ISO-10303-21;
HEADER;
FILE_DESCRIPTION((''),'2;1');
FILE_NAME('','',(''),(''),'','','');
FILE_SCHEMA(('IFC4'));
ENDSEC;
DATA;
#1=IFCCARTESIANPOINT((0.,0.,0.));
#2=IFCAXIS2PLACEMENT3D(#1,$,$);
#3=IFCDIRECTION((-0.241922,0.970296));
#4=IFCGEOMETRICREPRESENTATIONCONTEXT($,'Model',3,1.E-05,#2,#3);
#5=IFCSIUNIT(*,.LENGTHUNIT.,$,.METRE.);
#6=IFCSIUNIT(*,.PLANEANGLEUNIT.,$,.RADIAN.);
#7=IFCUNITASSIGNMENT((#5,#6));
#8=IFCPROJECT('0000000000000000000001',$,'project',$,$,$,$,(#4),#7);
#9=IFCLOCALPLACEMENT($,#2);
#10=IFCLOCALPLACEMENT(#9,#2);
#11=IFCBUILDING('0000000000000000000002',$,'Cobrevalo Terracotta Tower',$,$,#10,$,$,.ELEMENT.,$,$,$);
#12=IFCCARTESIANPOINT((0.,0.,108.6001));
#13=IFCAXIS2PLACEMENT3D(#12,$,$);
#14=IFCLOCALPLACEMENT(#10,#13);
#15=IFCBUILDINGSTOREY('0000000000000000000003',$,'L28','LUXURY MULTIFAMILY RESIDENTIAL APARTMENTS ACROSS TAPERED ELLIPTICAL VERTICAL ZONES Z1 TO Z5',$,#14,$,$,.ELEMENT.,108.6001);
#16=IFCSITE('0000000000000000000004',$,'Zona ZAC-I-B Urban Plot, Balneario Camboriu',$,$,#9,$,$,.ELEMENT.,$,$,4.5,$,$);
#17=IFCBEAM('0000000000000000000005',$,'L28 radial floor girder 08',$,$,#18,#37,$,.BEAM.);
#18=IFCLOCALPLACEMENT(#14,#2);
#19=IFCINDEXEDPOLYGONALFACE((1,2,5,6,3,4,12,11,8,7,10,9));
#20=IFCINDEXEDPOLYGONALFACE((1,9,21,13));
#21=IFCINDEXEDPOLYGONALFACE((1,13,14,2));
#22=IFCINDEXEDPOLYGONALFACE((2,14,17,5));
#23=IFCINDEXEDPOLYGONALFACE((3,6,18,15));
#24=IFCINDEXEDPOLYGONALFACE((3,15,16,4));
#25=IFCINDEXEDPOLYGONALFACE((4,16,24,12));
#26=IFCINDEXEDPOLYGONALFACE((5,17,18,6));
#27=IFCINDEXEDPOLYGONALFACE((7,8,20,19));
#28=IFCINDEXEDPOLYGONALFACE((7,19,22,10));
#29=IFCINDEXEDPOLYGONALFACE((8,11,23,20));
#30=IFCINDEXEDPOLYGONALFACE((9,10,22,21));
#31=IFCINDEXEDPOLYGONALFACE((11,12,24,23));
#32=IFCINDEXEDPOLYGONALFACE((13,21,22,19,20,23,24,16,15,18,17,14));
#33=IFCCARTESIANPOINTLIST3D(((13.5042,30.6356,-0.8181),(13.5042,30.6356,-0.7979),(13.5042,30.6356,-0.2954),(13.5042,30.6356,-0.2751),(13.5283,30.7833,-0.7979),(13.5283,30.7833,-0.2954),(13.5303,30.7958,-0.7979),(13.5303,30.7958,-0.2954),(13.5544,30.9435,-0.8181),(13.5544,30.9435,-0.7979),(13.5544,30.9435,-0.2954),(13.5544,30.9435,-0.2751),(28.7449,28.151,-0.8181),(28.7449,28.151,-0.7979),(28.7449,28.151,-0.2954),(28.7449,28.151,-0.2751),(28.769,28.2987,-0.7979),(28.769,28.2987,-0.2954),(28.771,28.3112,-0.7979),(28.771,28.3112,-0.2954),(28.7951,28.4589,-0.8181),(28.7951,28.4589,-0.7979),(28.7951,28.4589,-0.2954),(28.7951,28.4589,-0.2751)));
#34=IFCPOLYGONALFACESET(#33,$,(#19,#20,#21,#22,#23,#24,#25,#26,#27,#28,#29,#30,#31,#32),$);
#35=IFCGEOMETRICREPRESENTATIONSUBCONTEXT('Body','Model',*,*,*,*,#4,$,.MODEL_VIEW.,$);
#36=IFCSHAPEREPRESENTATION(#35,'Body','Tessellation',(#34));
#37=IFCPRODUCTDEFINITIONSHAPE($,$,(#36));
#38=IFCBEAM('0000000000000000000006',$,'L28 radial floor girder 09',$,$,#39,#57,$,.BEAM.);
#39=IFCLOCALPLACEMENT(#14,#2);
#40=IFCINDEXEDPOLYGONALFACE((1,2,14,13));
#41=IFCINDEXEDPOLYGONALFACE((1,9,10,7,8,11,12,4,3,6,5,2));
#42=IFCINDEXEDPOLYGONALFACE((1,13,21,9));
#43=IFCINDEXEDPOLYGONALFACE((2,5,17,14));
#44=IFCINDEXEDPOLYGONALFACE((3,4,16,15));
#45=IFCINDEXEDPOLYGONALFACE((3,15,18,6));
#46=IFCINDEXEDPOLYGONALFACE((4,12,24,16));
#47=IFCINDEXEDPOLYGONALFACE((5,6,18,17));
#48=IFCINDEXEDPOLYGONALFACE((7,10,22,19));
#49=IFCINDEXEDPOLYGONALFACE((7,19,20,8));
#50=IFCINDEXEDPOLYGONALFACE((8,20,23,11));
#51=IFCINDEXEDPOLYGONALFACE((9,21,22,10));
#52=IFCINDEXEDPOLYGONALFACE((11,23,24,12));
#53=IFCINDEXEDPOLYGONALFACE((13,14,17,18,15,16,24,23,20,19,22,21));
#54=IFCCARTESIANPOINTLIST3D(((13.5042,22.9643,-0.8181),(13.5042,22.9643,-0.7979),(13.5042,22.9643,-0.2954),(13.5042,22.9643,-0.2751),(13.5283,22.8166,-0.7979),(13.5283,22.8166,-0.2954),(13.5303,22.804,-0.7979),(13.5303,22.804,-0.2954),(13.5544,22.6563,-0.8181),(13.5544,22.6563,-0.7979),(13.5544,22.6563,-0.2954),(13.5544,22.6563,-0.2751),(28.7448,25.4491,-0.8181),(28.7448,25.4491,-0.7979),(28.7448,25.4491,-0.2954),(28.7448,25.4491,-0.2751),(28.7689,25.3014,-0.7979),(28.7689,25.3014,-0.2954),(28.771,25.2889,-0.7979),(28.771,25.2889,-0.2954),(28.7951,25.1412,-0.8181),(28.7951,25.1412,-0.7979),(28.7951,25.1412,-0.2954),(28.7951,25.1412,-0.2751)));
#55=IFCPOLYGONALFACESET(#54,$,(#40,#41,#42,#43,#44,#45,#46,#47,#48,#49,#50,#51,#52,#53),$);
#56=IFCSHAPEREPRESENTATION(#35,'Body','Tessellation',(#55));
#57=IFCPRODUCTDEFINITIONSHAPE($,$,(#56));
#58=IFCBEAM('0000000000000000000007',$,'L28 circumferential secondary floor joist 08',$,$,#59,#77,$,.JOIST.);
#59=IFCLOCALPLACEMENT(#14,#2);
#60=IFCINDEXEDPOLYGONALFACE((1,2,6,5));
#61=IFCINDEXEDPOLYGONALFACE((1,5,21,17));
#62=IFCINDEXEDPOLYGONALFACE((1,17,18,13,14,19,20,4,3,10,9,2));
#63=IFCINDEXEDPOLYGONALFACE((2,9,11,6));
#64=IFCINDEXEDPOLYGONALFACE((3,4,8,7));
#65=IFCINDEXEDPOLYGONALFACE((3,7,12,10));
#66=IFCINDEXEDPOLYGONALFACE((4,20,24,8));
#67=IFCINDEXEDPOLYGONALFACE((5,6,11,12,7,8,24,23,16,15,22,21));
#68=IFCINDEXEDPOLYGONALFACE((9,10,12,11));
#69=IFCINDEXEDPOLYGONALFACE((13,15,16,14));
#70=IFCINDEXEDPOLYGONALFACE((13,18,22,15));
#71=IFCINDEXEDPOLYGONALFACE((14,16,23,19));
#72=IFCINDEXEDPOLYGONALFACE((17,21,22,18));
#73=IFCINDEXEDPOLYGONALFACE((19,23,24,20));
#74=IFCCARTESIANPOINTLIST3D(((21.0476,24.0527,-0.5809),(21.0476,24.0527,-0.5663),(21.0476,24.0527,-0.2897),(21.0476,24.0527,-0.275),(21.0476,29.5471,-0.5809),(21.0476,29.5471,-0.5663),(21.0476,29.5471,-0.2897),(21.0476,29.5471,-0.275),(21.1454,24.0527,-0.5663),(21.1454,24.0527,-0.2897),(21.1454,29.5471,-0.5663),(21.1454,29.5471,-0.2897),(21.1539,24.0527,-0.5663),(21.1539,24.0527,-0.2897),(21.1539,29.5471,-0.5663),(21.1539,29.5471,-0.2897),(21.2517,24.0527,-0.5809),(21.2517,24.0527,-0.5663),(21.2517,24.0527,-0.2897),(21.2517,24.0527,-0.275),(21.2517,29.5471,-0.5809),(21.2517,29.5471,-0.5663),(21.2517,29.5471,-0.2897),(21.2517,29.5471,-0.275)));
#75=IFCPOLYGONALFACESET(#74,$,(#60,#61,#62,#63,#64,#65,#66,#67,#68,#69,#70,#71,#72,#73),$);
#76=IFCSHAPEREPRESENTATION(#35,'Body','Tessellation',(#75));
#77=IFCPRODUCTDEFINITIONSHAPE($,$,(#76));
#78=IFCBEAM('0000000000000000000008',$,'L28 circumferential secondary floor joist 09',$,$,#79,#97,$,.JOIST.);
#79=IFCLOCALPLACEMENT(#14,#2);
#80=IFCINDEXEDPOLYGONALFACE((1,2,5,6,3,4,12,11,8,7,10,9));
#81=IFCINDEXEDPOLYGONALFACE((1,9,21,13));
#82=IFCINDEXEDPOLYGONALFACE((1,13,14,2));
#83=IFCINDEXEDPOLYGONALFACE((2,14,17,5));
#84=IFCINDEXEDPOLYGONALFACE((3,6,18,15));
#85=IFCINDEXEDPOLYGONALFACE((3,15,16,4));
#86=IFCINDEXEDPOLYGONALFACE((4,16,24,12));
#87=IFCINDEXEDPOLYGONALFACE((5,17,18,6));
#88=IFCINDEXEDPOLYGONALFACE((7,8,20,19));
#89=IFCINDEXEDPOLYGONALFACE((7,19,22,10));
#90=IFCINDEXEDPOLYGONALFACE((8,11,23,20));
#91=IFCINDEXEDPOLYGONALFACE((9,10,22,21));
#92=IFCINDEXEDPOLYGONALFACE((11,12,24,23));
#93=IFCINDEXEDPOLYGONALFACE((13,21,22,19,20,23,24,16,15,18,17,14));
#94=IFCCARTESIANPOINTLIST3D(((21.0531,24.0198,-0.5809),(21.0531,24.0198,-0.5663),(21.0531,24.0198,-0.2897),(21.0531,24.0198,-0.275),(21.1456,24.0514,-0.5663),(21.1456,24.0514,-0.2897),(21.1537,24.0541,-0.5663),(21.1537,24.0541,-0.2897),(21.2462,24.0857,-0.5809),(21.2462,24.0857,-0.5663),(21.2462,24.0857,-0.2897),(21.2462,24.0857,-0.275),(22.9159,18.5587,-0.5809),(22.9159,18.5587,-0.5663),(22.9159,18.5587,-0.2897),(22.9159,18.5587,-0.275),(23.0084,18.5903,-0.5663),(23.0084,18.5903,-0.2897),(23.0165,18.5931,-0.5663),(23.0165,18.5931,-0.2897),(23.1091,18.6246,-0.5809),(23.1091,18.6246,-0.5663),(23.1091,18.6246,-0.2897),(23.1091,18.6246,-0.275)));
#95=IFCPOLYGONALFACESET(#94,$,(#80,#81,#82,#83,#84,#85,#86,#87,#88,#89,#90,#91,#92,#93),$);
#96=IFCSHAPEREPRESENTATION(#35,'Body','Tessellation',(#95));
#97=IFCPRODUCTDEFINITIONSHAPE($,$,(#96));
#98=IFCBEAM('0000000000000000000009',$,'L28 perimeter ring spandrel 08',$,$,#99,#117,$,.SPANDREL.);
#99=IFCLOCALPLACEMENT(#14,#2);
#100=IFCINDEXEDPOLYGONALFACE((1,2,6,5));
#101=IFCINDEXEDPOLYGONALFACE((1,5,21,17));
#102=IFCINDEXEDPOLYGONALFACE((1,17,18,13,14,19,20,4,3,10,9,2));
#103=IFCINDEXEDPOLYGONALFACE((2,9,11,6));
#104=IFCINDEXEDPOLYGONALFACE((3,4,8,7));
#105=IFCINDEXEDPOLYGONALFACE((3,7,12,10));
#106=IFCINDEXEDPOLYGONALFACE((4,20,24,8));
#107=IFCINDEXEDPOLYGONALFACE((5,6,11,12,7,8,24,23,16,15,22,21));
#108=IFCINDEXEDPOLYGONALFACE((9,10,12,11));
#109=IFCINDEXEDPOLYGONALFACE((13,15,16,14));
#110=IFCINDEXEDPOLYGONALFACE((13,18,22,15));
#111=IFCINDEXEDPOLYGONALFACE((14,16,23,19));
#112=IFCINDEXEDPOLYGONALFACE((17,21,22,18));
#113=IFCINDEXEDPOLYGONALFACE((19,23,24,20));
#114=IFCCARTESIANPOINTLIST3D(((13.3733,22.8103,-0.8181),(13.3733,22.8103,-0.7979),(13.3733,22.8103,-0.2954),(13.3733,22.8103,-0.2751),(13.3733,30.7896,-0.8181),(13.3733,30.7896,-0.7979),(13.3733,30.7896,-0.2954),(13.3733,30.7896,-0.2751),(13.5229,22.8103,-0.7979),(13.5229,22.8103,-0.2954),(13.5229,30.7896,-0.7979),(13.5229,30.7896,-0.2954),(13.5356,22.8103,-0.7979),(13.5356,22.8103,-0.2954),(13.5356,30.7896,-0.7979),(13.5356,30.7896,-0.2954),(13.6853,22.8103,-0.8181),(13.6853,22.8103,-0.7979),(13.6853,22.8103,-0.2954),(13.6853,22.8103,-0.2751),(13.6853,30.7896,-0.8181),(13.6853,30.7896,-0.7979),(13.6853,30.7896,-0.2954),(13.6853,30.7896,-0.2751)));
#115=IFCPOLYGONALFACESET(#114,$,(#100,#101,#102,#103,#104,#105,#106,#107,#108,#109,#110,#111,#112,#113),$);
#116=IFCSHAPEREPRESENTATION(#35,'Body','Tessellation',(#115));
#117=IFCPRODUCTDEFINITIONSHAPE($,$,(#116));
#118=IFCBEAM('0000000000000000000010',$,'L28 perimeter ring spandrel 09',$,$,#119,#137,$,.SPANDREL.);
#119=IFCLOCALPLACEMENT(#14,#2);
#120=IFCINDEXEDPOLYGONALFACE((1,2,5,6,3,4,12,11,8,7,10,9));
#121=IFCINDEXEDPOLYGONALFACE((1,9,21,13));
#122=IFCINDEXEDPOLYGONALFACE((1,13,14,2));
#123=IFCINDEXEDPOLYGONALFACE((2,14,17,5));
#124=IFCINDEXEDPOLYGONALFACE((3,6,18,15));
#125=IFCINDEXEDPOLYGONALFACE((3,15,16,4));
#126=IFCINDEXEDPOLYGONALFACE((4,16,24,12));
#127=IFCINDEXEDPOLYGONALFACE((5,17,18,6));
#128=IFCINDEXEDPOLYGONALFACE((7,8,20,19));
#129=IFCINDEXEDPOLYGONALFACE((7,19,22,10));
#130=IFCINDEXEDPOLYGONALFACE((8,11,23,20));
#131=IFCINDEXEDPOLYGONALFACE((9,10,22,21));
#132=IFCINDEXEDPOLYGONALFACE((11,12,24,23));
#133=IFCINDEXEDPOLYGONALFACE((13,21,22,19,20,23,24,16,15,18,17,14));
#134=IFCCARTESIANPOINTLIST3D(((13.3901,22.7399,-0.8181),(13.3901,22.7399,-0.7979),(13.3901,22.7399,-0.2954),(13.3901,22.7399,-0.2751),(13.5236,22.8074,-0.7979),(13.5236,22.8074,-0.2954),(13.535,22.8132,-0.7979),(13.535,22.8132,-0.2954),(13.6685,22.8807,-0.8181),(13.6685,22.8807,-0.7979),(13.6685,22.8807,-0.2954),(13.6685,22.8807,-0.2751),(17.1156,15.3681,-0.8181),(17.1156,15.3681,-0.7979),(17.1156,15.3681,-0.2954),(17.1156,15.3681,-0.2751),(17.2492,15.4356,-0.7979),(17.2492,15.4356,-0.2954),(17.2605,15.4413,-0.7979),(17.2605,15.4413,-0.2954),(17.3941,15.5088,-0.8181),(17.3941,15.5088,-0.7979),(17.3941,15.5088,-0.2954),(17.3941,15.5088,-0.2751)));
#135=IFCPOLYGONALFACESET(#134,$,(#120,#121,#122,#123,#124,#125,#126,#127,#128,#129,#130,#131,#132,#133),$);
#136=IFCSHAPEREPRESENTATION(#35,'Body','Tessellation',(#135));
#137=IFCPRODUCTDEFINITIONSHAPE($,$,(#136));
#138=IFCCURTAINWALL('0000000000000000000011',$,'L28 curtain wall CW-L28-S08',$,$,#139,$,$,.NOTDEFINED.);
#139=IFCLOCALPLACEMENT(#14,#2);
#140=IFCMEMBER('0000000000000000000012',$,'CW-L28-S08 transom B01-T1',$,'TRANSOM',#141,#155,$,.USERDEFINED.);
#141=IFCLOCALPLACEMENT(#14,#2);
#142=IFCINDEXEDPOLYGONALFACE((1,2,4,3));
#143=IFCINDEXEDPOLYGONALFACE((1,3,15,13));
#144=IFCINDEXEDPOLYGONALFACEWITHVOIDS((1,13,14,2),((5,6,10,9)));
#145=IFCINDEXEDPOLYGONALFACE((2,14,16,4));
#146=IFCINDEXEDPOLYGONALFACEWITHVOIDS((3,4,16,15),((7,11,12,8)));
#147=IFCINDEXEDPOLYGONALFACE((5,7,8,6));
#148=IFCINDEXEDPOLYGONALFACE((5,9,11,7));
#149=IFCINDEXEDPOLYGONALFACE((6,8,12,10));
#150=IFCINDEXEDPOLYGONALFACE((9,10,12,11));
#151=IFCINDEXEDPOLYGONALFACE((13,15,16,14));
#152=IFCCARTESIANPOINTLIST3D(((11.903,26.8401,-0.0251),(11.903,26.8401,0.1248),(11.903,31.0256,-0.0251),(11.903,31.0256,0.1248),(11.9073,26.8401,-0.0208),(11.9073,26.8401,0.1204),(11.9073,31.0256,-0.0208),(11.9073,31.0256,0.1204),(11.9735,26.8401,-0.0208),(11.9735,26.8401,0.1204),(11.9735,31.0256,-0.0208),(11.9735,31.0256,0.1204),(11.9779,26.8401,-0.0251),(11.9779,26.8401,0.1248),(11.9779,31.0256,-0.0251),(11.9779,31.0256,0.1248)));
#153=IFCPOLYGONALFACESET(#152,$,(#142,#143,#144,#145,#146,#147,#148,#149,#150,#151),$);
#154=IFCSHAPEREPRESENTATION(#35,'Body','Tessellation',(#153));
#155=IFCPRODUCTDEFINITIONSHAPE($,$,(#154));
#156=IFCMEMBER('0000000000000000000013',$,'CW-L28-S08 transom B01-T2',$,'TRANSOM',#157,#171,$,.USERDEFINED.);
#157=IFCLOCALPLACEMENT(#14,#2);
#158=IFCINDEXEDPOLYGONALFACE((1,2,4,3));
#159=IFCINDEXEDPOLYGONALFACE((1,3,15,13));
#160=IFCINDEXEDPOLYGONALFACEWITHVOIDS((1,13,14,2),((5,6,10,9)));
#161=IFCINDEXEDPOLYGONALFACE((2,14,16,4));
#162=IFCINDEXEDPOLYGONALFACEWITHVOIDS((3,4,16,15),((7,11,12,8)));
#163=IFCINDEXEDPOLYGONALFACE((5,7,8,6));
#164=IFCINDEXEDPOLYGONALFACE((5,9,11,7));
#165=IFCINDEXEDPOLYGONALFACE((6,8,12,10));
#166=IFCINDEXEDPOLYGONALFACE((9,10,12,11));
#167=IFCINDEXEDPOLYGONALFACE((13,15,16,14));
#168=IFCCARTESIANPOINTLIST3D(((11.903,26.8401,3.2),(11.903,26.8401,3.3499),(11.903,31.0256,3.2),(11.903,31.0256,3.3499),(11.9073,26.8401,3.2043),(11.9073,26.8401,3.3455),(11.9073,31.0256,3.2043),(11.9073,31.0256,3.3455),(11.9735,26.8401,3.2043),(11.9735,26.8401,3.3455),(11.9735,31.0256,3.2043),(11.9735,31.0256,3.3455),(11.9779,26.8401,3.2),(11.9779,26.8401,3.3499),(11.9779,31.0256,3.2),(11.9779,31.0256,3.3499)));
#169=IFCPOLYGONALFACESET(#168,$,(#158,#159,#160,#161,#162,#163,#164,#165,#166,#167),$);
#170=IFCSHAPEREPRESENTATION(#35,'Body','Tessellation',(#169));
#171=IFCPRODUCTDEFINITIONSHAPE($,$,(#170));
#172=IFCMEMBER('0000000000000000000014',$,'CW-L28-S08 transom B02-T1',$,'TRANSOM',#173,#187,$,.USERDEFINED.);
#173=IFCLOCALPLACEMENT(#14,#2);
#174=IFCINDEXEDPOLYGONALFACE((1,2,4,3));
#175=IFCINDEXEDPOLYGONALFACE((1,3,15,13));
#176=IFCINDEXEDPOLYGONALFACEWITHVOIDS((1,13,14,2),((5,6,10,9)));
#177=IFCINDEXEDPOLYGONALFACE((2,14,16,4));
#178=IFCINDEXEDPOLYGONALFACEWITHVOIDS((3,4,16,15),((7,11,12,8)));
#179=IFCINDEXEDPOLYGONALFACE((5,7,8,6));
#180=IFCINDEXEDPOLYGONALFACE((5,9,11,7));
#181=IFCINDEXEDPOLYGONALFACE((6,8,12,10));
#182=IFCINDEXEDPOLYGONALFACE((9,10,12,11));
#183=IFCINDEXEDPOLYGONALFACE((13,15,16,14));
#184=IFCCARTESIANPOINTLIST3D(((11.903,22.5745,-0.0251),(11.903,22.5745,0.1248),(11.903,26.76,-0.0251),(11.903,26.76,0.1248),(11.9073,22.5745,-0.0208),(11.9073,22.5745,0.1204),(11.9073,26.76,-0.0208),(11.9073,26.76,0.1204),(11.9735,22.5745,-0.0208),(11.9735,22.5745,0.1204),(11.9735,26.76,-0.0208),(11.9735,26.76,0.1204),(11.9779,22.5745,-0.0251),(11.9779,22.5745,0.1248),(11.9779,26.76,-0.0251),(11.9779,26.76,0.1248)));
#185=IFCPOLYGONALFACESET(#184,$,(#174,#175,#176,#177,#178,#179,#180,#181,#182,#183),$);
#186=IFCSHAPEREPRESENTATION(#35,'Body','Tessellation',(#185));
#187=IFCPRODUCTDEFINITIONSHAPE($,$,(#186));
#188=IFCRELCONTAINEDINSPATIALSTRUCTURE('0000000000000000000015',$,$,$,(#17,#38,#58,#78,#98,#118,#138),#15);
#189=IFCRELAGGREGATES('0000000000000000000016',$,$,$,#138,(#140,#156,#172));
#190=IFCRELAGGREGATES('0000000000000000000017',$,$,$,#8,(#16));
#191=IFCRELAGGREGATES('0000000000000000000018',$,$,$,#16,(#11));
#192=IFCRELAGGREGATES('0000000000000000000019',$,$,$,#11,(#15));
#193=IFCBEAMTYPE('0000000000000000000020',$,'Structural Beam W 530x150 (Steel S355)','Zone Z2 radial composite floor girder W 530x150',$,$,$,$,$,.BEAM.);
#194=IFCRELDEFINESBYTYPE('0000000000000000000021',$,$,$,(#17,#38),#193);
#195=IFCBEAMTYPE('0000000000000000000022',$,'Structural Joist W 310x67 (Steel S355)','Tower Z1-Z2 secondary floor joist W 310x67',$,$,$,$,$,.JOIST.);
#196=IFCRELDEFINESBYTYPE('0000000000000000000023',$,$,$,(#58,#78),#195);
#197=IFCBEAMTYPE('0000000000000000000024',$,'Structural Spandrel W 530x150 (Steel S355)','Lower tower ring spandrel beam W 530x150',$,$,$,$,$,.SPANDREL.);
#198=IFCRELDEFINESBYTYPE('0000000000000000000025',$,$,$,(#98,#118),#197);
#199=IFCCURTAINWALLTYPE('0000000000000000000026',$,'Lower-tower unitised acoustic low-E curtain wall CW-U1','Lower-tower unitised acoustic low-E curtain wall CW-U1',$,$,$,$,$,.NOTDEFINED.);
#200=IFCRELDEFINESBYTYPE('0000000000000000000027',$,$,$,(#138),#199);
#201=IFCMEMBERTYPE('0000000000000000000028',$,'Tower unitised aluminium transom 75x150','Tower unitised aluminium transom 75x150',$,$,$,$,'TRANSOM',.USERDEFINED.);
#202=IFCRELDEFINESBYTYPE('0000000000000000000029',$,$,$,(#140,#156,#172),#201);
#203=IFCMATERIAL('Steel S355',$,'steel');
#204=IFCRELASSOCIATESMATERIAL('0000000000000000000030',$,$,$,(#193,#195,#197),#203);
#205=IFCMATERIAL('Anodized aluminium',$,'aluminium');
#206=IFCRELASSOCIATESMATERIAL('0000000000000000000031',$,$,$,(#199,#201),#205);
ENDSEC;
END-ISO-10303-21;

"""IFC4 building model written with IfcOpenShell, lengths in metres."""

from ifc_helpers import new_model, si_unit, direction, frame, origin, origin_2d, place, context, subcontext, project, spatial, hollow_rectangle, i_section, extrude, source, transform, mapped, material, material_profile, profile_set, type_object, element, aggregate, save


model = new_model("IFC4")

# Units and contexts
model_context = context("Model", 3, precision=1e-05, world=origin(), true_north=direction((-0.241922, 0.970296)))
body_context = subcontext(model_context, "Body", "Model", "MODEL_VIEW")
ifc_project = project(units=[si_unit("LENGTHUNIT", "METRE"), si_unit("PLANEANGLEUNIT", "RADIAN")], contexts=[model_context])

# Site, building, storey
site_placement = place(None, origin())
site = spatial("IfcSite", under=ifc_project, at=site_placement, Name="Zona ZAC-I-B Urban Plot, Balneario Camboriu", CompositionType="ELEMENT", RefElevation=4.5)
building_placement = place(site_placement, origin())
building = spatial("IfcBuilding", under=site, at=building_placement, Name="Cobrevalo Terracotta Tower", CompositionType="ELEMENT")
storey_placement = place(building_placement, frame((0.0, 0.0, 108.6001)))
storey = spatial("IfcBuildingStorey", under=building, at=storey_placement, Name="L28", Description="LUXURY MULTIFAMILY RESIDENTIAL APARTMENTS ACROSS TAPERED ELLIPTICAL VERTICAL ZONES Z1 TO Z5", CompositionType="ELEMENT", Elevation=108.6001)

# Shared definitions
ifc_material_1 = material(Name="Steel S355", Category="steel")

# Beams
ifc_material_profile_1 = material_profile(ifc_material_1, i_section(OverallWidth=0.312, OverallDepth=0.543, WebThickness=0.0127, FlangeThickness=0.0203, at=origin_2d()), Name="W 530x150")
ifc_profile_set_1 = profile_set([ifc_material_profile_1], Name="Steel S355")
beam_type_1 = type_object("IfcBeamType", Name="Structural Beam W 530x150 (Steel S355)", Description="Zone Z2 radial composite floor girder W 530x150", PredefinedType="BEAM", material=ifc_profile_set_1)
for number, where, z_axis, x_axis, name in (
    (1, (13.5293, 30.7896, -0.5466), (0.986971, -0.160901, 0.0), (0.160901, 0.986971, 0.0), "L28 radial floor girder 08"),
    (2, (13.5293, 22.8103, -0.5466), (0.986968, 0.160916, 0.0), (-0.160916, 0.986968, 0.0), "L28 radial floor girder 09"),
):
    element("IfcBeam", number, at=place(storey_placement, frame(where, z_axis=z_axis, x_axis=x_axis)), inside=storey, type_object=beam_type_1, Name=name, PredefinedType="BEAM", context=body_context, shape_type="SweptSolid", body=[
        extrude(i_section(OverallWidth=0.312, OverallDepth=0.543, WebThickness=0.0127, FlangeThickness=0.0203, at=origin_2d()), origin(), (0.0, 0.0, 1.0), 15.4419),
    ])
ifc_material_profile_2 = material_profile(ifc_material_1, i_section(OverallWidth=0.2041, OverallDepth=0.3059, WebThickness=0.0085, FlangeThickness=0.0146, at=origin_2d()), Name="W 310x67")
ifc_profile_set_2 = profile_set([ifc_material_profile_2], Name="Steel S355")
beam_type_2 = type_object("IfcBeamType", Name="Structural Joist W 310x67 (Steel S355)", Description="Tower Z1-Z2 secondary floor joist W 310x67", PredefinedType="JOIST", material=ifc_profile_set_2)
beam_1_placement = place(storey_placement, frame((21.1497, 29.5471, -0.428), z_axis=(0.0, -1.0, 0.0), x_axis=(1.0, 0.0, 0.0)))
element("IfcBeam", 3, at=beam_1_placement, inside=storey, type_object=beam_type_2, Name="L28 circumferential secondary floor joist 08", PredefinedType="JOIST", context=body_context, shape_type="SweptSolid", body=[
    extrude(i_section(OverallWidth=0.2041, OverallDepth=0.3059, WebThickness=0.0085, FlangeThickness=0.0146, at=origin_2d()), origin(), (0.0, 0.0, 1.0), 5.4944),
])
beam_2_placement = place(storey_placement, frame((21.1497, 24.0527, -0.428), z_axis=(0.322846, -0.946451, 0.0), x_axis=(0.946451, 0.322846, 0.0)))
element("IfcBeam", 4, at=beam_2_placement, inside=storey, type_object=beam_type_2, Name="L28 circumferential secondary floor joist 09", PredefinedType="JOIST", context=body_context, shape_type="SweptSolid", body=[
    extrude(i_section(OverallWidth=0.2041, OverallDepth=0.3059, WebThickness=0.0085, FlangeThickness=0.0146, at=origin_2d()), origin(), (0.0, 0.0, 1.0), 5.77),
])
ifc_material_profile_3 = material_profile(ifc_material_1, i_section(OverallWidth=0.312, OverallDepth=0.543, WebThickness=0.0127, FlangeThickness=0.0203, at=origin_2d()), Name="W 530x150")
ifc_profile_set_3 = profile_set([ifc_material_profile_3], Name="Steel S355")
beam_type_3 = type_object("IfcBeamType", Name="Structural Spandrel W 530x150 (Steel S355)", Description="Lower tower ring spandrel beam W 530x150", PredefinedType="SPANDREL", material=ifc_profile_set_3)
beam_3_placement = place(storey_placement, frame((13.5293, 30.7896, -0.5466), z_axis=(0.0, -1.0, 0.0), x_axis=(1.0, 0.0, 0.0)))
element("IfcBeam", 5, at=beam_3_placement, inside=storey, type_object=beam_type_3, Name="L28 perimeter ring spandrel 08", PredefinedType="SPANDREL", context=body_context, shape_type="SweptSolid", body=[
    extrude(i_section(OverallWidth=0.312, OverallDepth=0.543, WebThickness=0.0127, FlangeThickness=0.0203, at=origin_2d()), origin(), (0.0, 0.0, 1.0), 7.9792),
])
beam_4_placement = place(storey_placement, frame((13.5293, 22.8103, -0.5466), z_axis=(0.451052, -0.892498, 0.0), x_axis=(0.892498, 0.451052, 0.0)))
element("IfcBeam", 6, at=beam_4_placement, inside=storey, type_object=beam_type_3, Name="L28 perimeter ring spandrel 09", PredefinedType="SPANDREL", context=body_context, shape_type="SweptSolid", body=[
    extrude(i_section(OverallWidth=0.312, OverallDepth=0.543, WebThickness=0.0127, FlangeThickness=0.0203, at=origin_2d()), origin(), (0.0, 0.0, 1.0), 8.2598),
])

# Curtain wall, members
ifc_material_2 = material(Name="Anodized aluminium", Category="aluminium")
curtain_wall_type = type_object("IfcCurtainWallType", Name="Lower-tower unitised acoustic low-E curtain wall CW-U1", Description="Lower-tower unitised acoustic low-E curtain wall CW-U1", PredefinedType="NOTDEFINED", material=ifc_material_2)
curtain_wall_placement = place(storey_placement, origin())
curtain_wall = element("IfcCurtainWall", 7, at=curtain_wall_placement, inside=storey, type_object=curtain_wall_type, Name="L28 curtain wall CW-L28-S08", PredefinedType="NOTDEFINED")
ifc_material_profile_4 = material_profile(ifc_material_2, hollow_rectangle(XDim=0.075, YDim=0.1499, WallThickness=0.0044, at=origin_2d()), Name="CWT 75x150")
ifc_profile_set_4 = profile_set([ifc_material_profile_4], Name="Anodized aluminium")
member_type_1 = type_object("IfcMemberType", Name="Tower unitised aluminium transom 75x150", Description="Tower unitised aluminium transom 75x150", ElementType="TRANSOM", PredefinedType="USERDEFINED", material=ifc_profile_set_4)
shared_shape_1 = source(origin(), body_context, "Body", "SweptSolid", [
    extrude(hollow_rectangle(XDim=0.075, YDim=0.1499, WallThickness=0.0044, at=origin_2d()), origin(), (0.0, 0.0, 1.0), 4.1855),
])
member_1_placement = place(storey_placement, frame((11.9404, 31.0256, 0.0498), z_axis=(0.0, -1.0, 0.0), x_axis=(1.0, 0.0, 0.0)))
member_1 = element("IfcMember", 8, at=member_1_placement, type_object=member_type_1, Name="CW-L28-S08 transom B01-T1", ObjectType="TRANSOM", PredefinedType="USERDEFINED", context=body_context, shape_type="MappedRepresentation", body=[
    mapped(shared_shape_1, transform((0.0, 0.0, 0.0), scale=1.0)),
])
member_2_placement = place(storey_placement, frame((11.9404, 31.0256, 3.2749), z_axis=(0.0, -1.0, 0.0), x_axis=(1.0, 0.0, 0.0)))
member_2 = element("IfcMember", 9, at=member_2_placement, type_object=member_type_1, Name="CW-L28-S08 transom B01-T2", ObjectType="TRANSOM", PredefinedType="USERDEFINED", context=body_context, shape_type="MappedRepresentation", body=[
    mapped(shared_shape_1, transform((0.0, 0.0, 0.0), scale=1.0)),
])
member_3_placement = place(storey_placement, frame((11.9404, 26.76, 0.0498), z_axis=(0.0, -1.0, 0.0), x_axis=(1.0, 0.0, 0.0)))
member_3 = element("IfcMember", 10, at=member_3_placement, type_object=member_type_1, Name="CW-L28-S08 transom B02-T1", ObjectType="TRANSOM", PredefinedType="USERDEFINED", context=body_context, shape_type="MappedRepresentation", body=[
    mapped(shared_shape_1, transform((0.0, 0.0, 0.0), scale=1.0)),
])
aggregate(curtain_wall, [member_1, member_2, member_3])

save(model, "model.ifc")
